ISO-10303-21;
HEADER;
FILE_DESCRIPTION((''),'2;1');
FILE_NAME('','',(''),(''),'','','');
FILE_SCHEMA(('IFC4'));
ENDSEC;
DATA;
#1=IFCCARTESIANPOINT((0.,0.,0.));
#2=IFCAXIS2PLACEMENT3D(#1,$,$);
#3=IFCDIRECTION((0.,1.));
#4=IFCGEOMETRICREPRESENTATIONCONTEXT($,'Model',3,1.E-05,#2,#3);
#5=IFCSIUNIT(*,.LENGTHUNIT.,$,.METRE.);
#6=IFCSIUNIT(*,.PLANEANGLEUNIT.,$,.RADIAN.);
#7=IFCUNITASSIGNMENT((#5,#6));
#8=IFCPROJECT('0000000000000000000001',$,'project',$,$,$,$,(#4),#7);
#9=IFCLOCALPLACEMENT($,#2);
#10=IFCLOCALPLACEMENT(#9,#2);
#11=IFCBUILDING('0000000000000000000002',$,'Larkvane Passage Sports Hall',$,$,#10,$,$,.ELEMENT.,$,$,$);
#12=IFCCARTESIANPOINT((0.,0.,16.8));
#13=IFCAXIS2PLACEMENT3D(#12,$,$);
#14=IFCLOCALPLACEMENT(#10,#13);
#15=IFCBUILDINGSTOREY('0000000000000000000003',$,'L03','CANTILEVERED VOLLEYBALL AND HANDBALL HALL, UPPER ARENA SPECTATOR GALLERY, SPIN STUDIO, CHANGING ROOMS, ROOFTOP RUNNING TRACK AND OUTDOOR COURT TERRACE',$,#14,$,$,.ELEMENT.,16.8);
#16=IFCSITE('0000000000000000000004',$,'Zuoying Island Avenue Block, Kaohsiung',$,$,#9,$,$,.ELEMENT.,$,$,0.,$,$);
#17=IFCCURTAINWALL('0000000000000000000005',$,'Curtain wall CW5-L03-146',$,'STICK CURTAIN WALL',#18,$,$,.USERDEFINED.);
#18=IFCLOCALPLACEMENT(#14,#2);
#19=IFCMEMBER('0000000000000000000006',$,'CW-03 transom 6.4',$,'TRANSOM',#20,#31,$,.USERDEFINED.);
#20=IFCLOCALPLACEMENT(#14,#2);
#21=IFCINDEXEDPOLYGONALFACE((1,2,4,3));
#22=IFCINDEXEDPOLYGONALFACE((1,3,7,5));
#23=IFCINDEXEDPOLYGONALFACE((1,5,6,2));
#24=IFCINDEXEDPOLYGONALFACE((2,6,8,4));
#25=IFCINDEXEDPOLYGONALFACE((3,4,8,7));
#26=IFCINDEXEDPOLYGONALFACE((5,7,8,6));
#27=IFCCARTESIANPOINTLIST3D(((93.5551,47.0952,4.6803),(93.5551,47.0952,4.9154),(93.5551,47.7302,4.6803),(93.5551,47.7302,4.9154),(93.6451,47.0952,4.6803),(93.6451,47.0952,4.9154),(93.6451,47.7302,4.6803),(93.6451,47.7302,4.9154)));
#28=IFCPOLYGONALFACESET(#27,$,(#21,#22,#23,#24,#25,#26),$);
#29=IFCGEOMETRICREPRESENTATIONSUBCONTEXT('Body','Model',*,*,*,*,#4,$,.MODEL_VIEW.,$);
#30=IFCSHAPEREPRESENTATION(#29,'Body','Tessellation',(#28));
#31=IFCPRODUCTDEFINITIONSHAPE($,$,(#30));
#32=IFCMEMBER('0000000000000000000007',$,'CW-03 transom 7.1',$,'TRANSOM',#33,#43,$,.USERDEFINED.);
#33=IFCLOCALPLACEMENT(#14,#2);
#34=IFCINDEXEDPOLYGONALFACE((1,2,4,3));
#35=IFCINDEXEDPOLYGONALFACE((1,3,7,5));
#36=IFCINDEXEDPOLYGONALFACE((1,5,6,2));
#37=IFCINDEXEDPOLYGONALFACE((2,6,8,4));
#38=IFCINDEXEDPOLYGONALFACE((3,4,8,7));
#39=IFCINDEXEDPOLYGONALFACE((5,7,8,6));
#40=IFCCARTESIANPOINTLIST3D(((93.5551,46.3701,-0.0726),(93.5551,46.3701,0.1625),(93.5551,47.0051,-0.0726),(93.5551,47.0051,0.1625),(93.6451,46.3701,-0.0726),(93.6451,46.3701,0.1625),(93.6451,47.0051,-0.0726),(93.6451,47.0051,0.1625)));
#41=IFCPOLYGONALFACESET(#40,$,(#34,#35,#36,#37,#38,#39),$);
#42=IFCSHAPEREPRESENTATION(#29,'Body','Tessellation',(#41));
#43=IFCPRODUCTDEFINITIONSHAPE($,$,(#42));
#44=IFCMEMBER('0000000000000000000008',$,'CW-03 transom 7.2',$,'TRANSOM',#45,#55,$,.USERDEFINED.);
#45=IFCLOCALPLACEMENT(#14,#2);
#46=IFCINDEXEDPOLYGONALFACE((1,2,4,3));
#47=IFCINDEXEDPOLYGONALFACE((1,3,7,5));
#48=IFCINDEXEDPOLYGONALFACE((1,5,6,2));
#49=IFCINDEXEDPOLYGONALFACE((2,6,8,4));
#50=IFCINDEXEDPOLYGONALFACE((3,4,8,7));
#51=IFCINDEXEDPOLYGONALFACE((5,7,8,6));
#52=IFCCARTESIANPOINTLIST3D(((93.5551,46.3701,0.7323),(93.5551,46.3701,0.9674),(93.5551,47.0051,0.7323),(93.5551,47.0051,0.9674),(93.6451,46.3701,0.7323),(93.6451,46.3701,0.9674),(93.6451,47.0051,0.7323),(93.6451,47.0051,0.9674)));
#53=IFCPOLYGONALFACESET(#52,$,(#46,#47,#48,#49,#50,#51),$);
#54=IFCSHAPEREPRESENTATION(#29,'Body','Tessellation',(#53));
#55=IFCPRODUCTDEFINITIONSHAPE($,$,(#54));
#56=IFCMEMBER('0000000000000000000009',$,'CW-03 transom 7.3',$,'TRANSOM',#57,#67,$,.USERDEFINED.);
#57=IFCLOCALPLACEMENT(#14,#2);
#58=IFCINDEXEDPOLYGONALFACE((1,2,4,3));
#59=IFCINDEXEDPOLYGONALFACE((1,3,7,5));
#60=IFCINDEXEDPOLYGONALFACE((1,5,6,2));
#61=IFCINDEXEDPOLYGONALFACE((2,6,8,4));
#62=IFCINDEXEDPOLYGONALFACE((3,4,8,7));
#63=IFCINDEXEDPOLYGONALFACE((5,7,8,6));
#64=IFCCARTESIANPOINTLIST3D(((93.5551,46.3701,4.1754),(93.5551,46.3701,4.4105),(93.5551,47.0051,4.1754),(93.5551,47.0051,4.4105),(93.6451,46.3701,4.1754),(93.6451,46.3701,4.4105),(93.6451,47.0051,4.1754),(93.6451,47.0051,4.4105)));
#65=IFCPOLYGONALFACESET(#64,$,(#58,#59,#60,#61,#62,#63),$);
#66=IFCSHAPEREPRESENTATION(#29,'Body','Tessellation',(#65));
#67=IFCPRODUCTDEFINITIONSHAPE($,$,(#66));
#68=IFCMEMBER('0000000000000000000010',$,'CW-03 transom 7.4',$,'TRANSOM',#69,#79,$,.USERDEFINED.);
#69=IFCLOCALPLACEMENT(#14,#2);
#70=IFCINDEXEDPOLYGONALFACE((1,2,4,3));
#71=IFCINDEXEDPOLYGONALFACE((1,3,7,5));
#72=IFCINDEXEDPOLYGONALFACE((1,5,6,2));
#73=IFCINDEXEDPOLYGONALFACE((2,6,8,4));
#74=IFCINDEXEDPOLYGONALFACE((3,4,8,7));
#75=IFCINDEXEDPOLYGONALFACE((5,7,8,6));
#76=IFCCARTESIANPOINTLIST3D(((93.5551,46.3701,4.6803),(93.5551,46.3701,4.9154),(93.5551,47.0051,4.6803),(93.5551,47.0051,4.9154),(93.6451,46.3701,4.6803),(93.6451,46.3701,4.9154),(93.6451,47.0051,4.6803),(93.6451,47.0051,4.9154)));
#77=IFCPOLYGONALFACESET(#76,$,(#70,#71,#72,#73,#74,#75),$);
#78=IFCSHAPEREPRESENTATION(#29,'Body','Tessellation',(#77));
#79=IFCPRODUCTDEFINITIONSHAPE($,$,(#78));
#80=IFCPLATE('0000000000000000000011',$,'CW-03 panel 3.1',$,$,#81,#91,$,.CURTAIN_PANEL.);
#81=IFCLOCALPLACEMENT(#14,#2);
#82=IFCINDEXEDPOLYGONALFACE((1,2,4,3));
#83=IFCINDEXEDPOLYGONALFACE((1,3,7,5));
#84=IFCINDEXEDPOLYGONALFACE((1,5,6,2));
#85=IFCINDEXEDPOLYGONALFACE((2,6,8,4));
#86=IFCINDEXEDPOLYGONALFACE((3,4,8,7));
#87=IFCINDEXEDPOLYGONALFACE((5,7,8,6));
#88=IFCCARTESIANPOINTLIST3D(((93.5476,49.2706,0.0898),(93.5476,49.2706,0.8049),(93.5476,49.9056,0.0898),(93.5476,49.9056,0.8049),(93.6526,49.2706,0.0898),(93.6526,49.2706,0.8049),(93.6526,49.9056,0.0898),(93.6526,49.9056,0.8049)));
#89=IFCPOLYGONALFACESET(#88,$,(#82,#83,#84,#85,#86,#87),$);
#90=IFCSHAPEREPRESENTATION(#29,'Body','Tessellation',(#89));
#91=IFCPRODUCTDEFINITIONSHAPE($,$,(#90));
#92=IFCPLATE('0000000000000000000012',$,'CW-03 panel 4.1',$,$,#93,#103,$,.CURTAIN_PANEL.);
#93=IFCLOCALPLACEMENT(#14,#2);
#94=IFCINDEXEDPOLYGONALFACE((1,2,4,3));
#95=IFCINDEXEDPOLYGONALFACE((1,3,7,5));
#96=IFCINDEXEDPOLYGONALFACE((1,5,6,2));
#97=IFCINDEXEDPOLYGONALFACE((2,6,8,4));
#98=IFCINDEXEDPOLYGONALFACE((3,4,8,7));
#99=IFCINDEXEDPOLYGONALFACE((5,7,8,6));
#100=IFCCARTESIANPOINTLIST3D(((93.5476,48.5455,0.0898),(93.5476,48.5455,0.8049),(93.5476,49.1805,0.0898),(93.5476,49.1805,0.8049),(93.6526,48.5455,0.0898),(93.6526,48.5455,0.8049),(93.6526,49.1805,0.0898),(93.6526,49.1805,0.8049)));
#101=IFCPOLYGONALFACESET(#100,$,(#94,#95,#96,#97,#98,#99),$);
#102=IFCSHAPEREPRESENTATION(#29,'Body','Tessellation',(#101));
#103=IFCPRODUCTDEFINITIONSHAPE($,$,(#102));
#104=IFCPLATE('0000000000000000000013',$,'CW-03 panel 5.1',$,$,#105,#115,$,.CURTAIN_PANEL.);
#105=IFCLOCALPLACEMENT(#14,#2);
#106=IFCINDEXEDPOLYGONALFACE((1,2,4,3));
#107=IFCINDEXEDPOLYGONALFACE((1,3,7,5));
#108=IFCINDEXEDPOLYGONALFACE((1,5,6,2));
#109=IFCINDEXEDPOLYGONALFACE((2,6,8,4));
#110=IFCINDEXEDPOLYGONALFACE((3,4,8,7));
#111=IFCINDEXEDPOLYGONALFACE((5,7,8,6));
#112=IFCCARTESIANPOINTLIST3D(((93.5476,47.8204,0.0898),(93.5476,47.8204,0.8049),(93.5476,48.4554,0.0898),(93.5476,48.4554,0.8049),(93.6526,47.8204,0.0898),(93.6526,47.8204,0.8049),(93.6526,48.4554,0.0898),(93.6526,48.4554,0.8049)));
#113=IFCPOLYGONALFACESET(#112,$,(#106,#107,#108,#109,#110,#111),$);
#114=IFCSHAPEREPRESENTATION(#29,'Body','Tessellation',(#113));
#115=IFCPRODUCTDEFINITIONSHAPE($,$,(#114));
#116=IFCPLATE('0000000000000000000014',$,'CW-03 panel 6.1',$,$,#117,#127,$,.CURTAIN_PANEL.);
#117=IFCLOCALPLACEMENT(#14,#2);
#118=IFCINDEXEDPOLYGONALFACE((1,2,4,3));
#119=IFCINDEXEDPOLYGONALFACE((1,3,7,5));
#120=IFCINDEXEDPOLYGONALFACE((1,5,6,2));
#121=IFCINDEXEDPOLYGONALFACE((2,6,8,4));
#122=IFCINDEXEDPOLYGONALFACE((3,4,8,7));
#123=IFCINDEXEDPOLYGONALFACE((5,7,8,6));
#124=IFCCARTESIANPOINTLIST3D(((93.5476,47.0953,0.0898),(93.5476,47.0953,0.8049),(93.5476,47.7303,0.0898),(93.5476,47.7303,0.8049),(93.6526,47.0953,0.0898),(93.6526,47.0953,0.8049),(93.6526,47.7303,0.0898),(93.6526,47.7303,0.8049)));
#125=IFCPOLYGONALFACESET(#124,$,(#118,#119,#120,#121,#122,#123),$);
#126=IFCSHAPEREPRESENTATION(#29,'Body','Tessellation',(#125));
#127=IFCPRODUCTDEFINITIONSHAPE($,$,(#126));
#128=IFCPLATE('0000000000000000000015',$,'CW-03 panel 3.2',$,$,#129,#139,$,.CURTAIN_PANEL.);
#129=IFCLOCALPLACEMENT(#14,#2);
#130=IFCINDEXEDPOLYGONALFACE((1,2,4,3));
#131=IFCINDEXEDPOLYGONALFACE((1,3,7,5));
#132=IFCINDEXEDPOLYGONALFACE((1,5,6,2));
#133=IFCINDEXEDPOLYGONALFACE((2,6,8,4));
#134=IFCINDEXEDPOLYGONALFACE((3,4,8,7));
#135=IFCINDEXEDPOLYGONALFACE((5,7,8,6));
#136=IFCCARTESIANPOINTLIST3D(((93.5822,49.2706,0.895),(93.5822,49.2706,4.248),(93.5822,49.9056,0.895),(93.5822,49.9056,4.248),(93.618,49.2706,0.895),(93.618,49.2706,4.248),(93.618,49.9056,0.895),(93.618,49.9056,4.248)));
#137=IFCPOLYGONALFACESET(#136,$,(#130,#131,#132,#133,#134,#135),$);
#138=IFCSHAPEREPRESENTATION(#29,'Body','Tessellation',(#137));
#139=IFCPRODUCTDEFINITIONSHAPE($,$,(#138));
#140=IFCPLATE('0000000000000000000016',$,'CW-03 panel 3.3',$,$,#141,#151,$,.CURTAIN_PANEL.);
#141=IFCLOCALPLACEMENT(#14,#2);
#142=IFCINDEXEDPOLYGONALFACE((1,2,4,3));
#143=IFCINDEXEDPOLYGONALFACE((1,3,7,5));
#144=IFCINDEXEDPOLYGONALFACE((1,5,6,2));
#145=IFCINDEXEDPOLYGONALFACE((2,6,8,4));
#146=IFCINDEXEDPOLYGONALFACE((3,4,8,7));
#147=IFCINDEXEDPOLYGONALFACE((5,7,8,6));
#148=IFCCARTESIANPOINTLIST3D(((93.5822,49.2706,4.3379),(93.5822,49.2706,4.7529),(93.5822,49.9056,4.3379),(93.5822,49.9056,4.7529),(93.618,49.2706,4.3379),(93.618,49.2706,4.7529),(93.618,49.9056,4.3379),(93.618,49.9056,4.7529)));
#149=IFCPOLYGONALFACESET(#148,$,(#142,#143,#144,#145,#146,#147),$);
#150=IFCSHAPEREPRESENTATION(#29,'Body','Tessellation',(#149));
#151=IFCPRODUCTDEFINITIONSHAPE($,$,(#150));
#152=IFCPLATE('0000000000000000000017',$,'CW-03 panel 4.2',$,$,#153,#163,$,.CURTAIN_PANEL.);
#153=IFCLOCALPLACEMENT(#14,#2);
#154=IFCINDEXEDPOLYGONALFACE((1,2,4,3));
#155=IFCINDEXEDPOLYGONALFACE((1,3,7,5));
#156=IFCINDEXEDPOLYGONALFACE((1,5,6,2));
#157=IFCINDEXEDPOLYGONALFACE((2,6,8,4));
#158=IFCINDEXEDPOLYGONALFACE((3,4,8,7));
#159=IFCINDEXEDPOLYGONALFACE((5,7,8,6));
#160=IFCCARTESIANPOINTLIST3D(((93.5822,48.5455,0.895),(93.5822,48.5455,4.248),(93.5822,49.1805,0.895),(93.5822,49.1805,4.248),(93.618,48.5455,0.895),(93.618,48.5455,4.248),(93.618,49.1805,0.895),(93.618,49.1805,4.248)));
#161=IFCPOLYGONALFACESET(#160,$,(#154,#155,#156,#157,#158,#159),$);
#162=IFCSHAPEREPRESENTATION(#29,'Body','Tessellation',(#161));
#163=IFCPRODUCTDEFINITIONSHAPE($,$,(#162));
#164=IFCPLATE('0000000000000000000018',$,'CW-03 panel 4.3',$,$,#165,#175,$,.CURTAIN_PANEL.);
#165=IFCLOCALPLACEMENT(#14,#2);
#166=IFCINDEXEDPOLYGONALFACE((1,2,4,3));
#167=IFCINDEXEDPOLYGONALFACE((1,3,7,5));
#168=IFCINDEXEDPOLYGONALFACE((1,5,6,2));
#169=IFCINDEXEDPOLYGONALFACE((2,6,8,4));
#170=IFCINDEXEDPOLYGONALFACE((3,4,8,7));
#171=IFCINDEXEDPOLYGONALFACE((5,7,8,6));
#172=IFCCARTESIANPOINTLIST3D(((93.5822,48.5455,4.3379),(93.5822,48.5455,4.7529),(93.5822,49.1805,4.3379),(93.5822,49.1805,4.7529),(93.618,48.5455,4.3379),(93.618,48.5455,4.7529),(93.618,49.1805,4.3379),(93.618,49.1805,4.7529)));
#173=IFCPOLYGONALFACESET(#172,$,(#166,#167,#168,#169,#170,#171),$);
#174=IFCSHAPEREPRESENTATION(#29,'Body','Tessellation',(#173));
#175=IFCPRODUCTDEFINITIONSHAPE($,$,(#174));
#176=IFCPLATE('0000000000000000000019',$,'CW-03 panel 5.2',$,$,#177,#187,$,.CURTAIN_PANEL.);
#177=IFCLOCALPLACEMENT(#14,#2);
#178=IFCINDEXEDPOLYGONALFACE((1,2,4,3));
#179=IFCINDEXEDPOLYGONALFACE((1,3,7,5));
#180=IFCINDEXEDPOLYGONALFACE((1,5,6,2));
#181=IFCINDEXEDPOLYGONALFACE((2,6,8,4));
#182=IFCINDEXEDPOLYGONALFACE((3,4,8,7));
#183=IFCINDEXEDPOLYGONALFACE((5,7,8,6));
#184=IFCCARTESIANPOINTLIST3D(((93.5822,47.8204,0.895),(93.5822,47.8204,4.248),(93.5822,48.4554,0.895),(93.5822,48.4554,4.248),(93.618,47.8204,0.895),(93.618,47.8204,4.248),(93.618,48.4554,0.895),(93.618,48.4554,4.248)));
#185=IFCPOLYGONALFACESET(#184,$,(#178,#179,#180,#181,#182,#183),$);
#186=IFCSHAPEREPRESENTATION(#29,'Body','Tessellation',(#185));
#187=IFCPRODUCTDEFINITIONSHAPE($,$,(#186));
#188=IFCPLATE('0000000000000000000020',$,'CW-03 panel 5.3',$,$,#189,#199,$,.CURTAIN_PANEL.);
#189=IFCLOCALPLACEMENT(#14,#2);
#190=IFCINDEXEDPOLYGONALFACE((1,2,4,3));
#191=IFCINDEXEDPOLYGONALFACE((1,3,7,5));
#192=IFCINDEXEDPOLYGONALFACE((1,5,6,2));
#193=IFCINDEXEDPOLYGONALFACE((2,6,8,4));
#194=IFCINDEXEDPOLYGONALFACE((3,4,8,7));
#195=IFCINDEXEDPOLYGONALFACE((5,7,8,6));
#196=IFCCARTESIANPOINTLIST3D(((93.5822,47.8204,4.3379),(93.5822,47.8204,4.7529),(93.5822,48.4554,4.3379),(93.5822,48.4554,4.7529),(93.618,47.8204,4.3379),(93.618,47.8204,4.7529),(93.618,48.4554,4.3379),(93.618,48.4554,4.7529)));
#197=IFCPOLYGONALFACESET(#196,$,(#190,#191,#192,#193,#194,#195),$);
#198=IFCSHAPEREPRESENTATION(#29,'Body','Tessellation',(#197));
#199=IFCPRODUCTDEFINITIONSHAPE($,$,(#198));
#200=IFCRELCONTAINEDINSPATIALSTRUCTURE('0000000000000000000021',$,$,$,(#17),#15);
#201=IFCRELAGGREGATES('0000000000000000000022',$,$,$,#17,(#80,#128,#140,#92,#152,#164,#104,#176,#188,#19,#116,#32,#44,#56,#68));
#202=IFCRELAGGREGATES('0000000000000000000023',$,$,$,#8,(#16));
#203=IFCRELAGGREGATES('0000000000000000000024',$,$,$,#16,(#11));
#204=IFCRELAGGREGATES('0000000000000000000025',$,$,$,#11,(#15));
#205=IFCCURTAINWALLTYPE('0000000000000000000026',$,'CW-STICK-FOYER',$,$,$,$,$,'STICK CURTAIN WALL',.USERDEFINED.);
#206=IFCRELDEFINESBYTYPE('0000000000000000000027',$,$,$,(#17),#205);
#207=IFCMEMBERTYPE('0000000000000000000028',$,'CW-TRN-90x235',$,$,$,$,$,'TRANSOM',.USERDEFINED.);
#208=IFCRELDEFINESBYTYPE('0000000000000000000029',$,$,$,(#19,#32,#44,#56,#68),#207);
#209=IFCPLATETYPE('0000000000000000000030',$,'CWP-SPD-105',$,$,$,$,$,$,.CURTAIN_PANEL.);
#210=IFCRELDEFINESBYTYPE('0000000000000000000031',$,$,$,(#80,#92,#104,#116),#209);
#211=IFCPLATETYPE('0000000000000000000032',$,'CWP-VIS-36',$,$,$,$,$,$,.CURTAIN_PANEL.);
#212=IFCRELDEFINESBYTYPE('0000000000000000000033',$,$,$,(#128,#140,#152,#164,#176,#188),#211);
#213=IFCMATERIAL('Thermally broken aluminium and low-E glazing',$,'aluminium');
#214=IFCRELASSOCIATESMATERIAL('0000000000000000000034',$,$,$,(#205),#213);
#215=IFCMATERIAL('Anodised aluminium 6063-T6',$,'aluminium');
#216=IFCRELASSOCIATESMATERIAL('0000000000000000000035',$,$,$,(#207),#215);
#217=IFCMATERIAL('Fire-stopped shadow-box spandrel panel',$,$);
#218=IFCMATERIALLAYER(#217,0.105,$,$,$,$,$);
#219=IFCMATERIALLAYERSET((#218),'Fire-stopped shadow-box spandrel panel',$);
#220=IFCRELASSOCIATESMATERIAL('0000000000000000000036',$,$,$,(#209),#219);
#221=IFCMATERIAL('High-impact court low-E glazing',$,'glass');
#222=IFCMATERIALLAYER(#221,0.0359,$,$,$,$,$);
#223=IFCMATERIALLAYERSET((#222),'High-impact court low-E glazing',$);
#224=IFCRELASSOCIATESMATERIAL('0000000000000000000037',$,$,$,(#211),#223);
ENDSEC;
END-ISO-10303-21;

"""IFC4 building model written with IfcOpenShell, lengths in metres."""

from ifc_helpers import new_model, si_unit, direction, frame, origin, origin_2d, place, context, subcontext, project, spatial, rectangle, extrude, material, layer, layer_set, material_profile, profile_set, type_object, element, aggregate, save


model = new_model("IFC4")

# Units and contexts
model_context = context("Model", 3, precision=1e-05, world=origin(), true_north=direction((0.0, 1.0)))
body_context = subcontext(model_context, "Body", "Model", "MODEL_VIEW")
ifc_project = project(units=[si_unit("LENGTHUNIT", "METRE"), si_unit("PLANEANGLEUNIT", "RADIAN")], contexts=[model_context])

# Site, building, storey
site_placement = place(None, origin())
site = spatial("IfcSite", under=ifc_project, at=site_placement, Name="Zuoying Island Avenue Block, Kaohsiung", CompositionType="ELEMENT", RefElevation=0.0)
building_placement = place(site_placement, origin())
building = spatial("IfcBuilding", under=site, at=building_placement, Name="Larkvane Passage Sports Hall", CompositionType="ELEMENT")
storey_placement = place(building_placement, frame((0.0, 0.0, 16.8)))
storey = spatial("IfcBuildingStorey", under=building, at=storey_placement, Name="L03", Description="CANTILEVERED VOLLEYBALL AND HANDBALL HALL, UPPER ARENA SPECTATOR GALLERY, SPIN STUDIO, CHANGING ROOMS, ROOFTOP RUNNING TRACK AND OUTDOOR COURT TERRACE", CompositionType="ELEMENT", Elevation=16.8)

# Curtain wall, members, plates
ifc_material_1 = material(Name="Thermally broken aluminium and low-E glazing", Category="aluminium")
curtain_wall_type = type_object("IfcCurtainWallType", Name="CW-STICK-FOYER", ElementType="STICK CURTAIN WALL", PredefinedType="USERDEFINED", material=ifc_material_1)
curtain_wall_placement = place(storey_placement, origin())
curtain_wall = element("IfcCurtainWall", 1, at=curtain_wall_placement, inside=storey, type_object=curtain_wall_type, Name="Curtain wall CW5-L03-146", ObjectType="STICK CURTAIN WALL", PredefinedType="USERDEFINED")
ifc_material_2 = material(Name="Anodised aluminium 6063-T6", Category="aluminium")
ifc_material_profile_1 = material_profile(ifc_material_2, rectangle(XDim=0.0901, YDim=0.2351, at=origin_2d()), Name="ALU-TRN-90x235")
ifc_profile_set_1 = profile_set([ifc_material_profile_1], Name="Anodised aluminium 6063-T6")
member_type_1 = type_object("IfcMemberType", Name="CW-TRN-90x235", ElementType="TRANSOM", PredefinedType="USERDEFINED", material=ifc_profile_set_1)
member_1_placement = place(storey_placement, frame((93.6001, 47.7302, 4.7979), z_axis=(0.0, -1.0, 0.0), x_axis=(1.0, 0.0, 0.0)))
member_1 = element("IfcMember", 2, at=member_1_placement, type_object=member_type_1, Name="CW-03 transom 6.4", ObjectType="TRANSOM", PredefinedType="USERDEFINED", context=body_context, shape_type="SweptSolid", body=[
    extrude(rectangle(XDim=0.0901, YDim=0.2351, at=origin_2d()), origin(), (0.0, 0.0, 1.0), 0.635),
])
member_2_placement = place(storey_placement, frame((93.6001, 47.0051, 0.0449), z_axis=(0.0, -1.0, 0.0), x_axis=(1.0, 0.0, 0.0)))
member_2 = element("IfcMember", 3, at=member_2_placement, type_object=member_type_1, Name="CW-03 transom 7.1", ObjectType="TRANSOM", PredefinedType="USERDEFINED", context=body_context, shape_type="SweptSolid", body=[
    extrude(rectangle(XDim=0.0901, YDim=0.2351, at=origin_2d()), origin(), (0.0, 0.0, 1.0), 0.635),
])
member_3_placement = place(storey_placement, frame((93.6001, 47.0051, 0.8499), z_axis=(0.0, -1.0, 0.0), x_axis=(1.0, 0.0, 0.0)))
member_3 = element("IfcMember", 4, at=member_3_placement, type_object=member_type_1, Name="CW-03 transom 7.2", ObjectType="TRANSOM", PredefinedType="USERDEFINED", context=body_context, shape_type="SweptSolid", body=[
    extrude(rectangle(XDim=0.0901, YDim=0.2351, at=origin_2d()), origin(), (0.0, 0.0, 1.0), 0.635),
])
member_4_placement = place(storey_placement, frame((93.6001, 47.0051, 4.293), z_axis=(0.0, -1.0, 0.0), x_axis=(1.0, 0.0, 0.0)))
member_4 = element("IfcMember", 5, at=member_4_placement, type_object=member_type_1, Name="CW-03 transom 7.3", ObjectType="TRANSOM", PredefinedType="USERDEFINED", context=body_context, shape_type="SweptSolid", body=[
    extrude(rectangle(XDim=0.0901, YDim=0.2351, at=origin_2d()), origin(), (0.0, 0.0, 1.0), 0.635),
])
member_5_placement = place(storey_placement, frame((93.6001, 47.0051, 4.7979), z_axis=(0.0, -1.0, 0.0), x_axis=(1.0, 0.0, 0.0)))
member_5 = element("IfcMember", 6, at=member_5_placement, type_object=member_type_1, Name="CW-03 transom 7.4", ObjectType="TRANSOM", PredefinedType="USERDEFINED", context=body_context, shape_type="SweptSolid", body=[
    extrude(rectangle(XDim=0.0901, YDim=0.2351, at=origin_2d()), origin(), (0.0, 0.0, 1.0), 0.635),
])
ifc_material_3 = material(Name="Fire-stopped shadow-box spandrel panel")
ifc_layer_1 = layer(ifc_material_3, 0.105)
ifc_layer_set_1 = layer_set([ifc_layer_1], Name="Fire-stopped shadow-box spandrel panel")
plate_type_1 = type_object("IfcPlateType", Name="CWP-SPD-105", PredefinedType="CURTAIN_PANEL", material=ifc_layer_set_1)
plate_1_placement = place(storey_placement, frame((93.6001, 49.5881, 0.0898), z_axis=(0.0, 0.0, 1.0), x_axis=(0.0, -1.0, 0.0)))
plate_1 = element("IfcPlate", 7, at=plate_1_placement, type_object=plate_type_1, Name="CW-03 panel 3.1", PredefinedType="CURTAIN_PANEL", context=body_context, shape_type="SweptSolid", body=[
    extrude(rectangle(XDim=0.635, YDim=0.105, at=origin_2d()), origin(), (0.0, 0.0, 1.0), 0.7151),
])
plate_2_placement = place(storey_placement, frame((93.6001, 48.863, 0.0898), z_axis=(0.0, 0.0, 1.0), x_axis=(0.0, -1.0, 0.0)))
plate_2 = element("IfcPlate", 8, at=plate_2_placement, type_object=plate_type_1, Name="CW-03 panel 4.1", PredefinedType="CURTAIN_PANEL", context=body_context, shape_type="SweptSolid", body=[
    extrude(rectangle(XDim=0.635, YDim=0.105, at=origin_2d()), origin(), (0.0, 0.0, 1.0), 0.7151),
])
plate_3_placement = place(storey_placement, frame((93.6001, 48.1379, 0.0898), z_axis=(0.0, 0.0, 1.0), x_axis=(0.0, -1.0, 0.0)))
plate_3 = element("IfcPlate", 9, at=plate_3_placement, type_object=plate_type_1, Name="CW-03 panel 5.1", PredefinedType="CURTAIN_PANEL", context=body_context, shape_type="SweptSolid", body=[
    extrude(rectangle(XDim=0.635, YDim=0.105, at=origin_2d()), origin(), (0.0, 0.0, 1.0), 0.7151),
])
plate_4_placement = place(storey_placement, frame((93.6001, 47.4128, 0.0898), z_axis=(0.0, 0.0, 1.0), x_axis=(0.0, -1.0, 0.0)))
plate_4 = element("IfcPlate", 10, at=plate_4_placement, type_object=plate_type_1, Name="CW-03 panel 6.1", PredefinedType="CURTAIN_PANEL", context=body_context, shape_type="SweptSolid", body=[
    extrude(rectangle(XDim=0.635, YDim=0.105, at=origin_2d()), origin(), (0.0, 0.0, 1.0), 0.7151),
])
ifc_material_4 = material(Name="High-impact court low-E glazing", Category="glass")
ifc_layer_2 = layer(ifc_material_4, 0.0359)
ifc_layer_set_2 = layer_set([ifc_layer_2], Name="High-impact court low-E glazing")
plate_type_2 = type_object("IfcPlateType", Name="CWP-VIS-36", PredefinedType="CURTAIN_PANEL", material=ifc_layer_set_2)
plate_5_placement = place(storey_placement, frame((93.6001, 49.5881, 0.895), z_axis=(0.0, 0.0, 1.0), x_axis=(0.0, -1.0, 0.0)))
plate_5 = element("IfcPlate", 11, at=plate_5_placement, type_object=plate_type_2, Name="CW-03 panel 3.2", PredefinedType="CURTAIN_PANEL", context=body_context, shape_type="SweptSolid", body=[
    extrude(rectangle(XDim=0.635, YDim=0.0359, at=origin_2d()), origin(), (0.0, 0.0, 1.0), 3.353),
])
plate_6_placement = place(storey_placement, frame((93.6001, 49.5881, 4.3379), z_axis=(0.0, 0.0, 1.0), x_axis=(0.0, -1.0, 0.0)))
plate_6 = element("IfcPlate", 12, at=plate_6_placement, type_object=plate_type_2, Name="CW-03 panel 3.3", PredefinedType="CURTAIN_PANEL", context=body_context, shape_type="SweptSolid", body=[
    extrude(rectangle(XDim=0.635, YDim=0.0359, at=origin_2d()), origin(), (0.0, 0.0, 1.0), 0.415),
])
plate_7_placement = place(storey_placement, frame((93.6001, 48.863, 0.895), z_axis=(0.0, 0.0, 1.0), x_axis=(0.0, -1.0, 0.0)))
plate_7 = element("IfcPlate", 13, at=plate_7_placement, type_object=plate_type_2, Name="CW-03 panel 4.2", PredefinedType="CURTAIN_PANEL", context=body_context, shape_type="SweptSolid", body=[
    extrude(rectangle(XDim=0.635, YDim=0.0359, at=origin_2d()), origin(), (0.0, 0.0, 1.0), 3.353),
])
plate_8_placement = place(storey_placement, frame((93.6001, 48.863, 4.3379), z_axis=(0.0, 0.0, 1.0), x_axis=(0.0, -1.0, 0.0)))
plate_8 = element("IfcPlate", 14, at=plate_8_placement, type_object=plate_type_2, Name="CW-03 panel 4.3", PredefinedType="CURTAIN_PANEL", context=body_context, shape_type="SweptSolid", body=[
    extrude(rectangle(XDim=0.635, YDim=0.0359, at=origin_2d()), origin(), (0.0, 0.0, 1.0), 0.415),
])
plate_9_placement = place(storey_placement, frame((93.6001, 48.1379, 0.895), z_axis=(0.0, 0.0, 1.0), x_axis=(0.0, -1.0, 0.0)))
plate_9 = element("IfcPlate", 15, at=plate_9_placement, type_object=plate_type_2, Name="CW-03 panel 5.2", PredefinedType="CURTAIN_PANEL", context=body_context, shape_type="SweptSolid", body=[
    extrude(rectangle(XDim=0.635, YDim=0.0359, at=origin_2d()), origin(), (0.0, 0.0, 1.0), 3.353),
])
plate_10_placement = place(storey_placement, frame((93.6001, 48.1379, 4.3379), z_axis=(0.0, 0.0, 1.0), x_axis=(0.0, -1.0, 0.0)))
plate_10 = element("IfcPlate", 16, at=plate_10_placement, type_object=plate_type_2, Name="CW-03 panel 5.3", PredefinedType="CURTAIN_PANEL", context=body_context, shape_type="SweptSolid", body=[
    extrude(rectangle(XDim=0.635, YDim=0.0359, at=origin_2d()), origin(), (0.0, 0.0, 1.0), 0.415),
])
aggregate(curtain_wall, [plate_1, plate_5, plate_6, plate_2, plate_7, plate_8, plate_3, plate_9, plate_10, member_1, plate_4, member_2, member_3, member_4, member_5])

save(model, "model.ifc")
